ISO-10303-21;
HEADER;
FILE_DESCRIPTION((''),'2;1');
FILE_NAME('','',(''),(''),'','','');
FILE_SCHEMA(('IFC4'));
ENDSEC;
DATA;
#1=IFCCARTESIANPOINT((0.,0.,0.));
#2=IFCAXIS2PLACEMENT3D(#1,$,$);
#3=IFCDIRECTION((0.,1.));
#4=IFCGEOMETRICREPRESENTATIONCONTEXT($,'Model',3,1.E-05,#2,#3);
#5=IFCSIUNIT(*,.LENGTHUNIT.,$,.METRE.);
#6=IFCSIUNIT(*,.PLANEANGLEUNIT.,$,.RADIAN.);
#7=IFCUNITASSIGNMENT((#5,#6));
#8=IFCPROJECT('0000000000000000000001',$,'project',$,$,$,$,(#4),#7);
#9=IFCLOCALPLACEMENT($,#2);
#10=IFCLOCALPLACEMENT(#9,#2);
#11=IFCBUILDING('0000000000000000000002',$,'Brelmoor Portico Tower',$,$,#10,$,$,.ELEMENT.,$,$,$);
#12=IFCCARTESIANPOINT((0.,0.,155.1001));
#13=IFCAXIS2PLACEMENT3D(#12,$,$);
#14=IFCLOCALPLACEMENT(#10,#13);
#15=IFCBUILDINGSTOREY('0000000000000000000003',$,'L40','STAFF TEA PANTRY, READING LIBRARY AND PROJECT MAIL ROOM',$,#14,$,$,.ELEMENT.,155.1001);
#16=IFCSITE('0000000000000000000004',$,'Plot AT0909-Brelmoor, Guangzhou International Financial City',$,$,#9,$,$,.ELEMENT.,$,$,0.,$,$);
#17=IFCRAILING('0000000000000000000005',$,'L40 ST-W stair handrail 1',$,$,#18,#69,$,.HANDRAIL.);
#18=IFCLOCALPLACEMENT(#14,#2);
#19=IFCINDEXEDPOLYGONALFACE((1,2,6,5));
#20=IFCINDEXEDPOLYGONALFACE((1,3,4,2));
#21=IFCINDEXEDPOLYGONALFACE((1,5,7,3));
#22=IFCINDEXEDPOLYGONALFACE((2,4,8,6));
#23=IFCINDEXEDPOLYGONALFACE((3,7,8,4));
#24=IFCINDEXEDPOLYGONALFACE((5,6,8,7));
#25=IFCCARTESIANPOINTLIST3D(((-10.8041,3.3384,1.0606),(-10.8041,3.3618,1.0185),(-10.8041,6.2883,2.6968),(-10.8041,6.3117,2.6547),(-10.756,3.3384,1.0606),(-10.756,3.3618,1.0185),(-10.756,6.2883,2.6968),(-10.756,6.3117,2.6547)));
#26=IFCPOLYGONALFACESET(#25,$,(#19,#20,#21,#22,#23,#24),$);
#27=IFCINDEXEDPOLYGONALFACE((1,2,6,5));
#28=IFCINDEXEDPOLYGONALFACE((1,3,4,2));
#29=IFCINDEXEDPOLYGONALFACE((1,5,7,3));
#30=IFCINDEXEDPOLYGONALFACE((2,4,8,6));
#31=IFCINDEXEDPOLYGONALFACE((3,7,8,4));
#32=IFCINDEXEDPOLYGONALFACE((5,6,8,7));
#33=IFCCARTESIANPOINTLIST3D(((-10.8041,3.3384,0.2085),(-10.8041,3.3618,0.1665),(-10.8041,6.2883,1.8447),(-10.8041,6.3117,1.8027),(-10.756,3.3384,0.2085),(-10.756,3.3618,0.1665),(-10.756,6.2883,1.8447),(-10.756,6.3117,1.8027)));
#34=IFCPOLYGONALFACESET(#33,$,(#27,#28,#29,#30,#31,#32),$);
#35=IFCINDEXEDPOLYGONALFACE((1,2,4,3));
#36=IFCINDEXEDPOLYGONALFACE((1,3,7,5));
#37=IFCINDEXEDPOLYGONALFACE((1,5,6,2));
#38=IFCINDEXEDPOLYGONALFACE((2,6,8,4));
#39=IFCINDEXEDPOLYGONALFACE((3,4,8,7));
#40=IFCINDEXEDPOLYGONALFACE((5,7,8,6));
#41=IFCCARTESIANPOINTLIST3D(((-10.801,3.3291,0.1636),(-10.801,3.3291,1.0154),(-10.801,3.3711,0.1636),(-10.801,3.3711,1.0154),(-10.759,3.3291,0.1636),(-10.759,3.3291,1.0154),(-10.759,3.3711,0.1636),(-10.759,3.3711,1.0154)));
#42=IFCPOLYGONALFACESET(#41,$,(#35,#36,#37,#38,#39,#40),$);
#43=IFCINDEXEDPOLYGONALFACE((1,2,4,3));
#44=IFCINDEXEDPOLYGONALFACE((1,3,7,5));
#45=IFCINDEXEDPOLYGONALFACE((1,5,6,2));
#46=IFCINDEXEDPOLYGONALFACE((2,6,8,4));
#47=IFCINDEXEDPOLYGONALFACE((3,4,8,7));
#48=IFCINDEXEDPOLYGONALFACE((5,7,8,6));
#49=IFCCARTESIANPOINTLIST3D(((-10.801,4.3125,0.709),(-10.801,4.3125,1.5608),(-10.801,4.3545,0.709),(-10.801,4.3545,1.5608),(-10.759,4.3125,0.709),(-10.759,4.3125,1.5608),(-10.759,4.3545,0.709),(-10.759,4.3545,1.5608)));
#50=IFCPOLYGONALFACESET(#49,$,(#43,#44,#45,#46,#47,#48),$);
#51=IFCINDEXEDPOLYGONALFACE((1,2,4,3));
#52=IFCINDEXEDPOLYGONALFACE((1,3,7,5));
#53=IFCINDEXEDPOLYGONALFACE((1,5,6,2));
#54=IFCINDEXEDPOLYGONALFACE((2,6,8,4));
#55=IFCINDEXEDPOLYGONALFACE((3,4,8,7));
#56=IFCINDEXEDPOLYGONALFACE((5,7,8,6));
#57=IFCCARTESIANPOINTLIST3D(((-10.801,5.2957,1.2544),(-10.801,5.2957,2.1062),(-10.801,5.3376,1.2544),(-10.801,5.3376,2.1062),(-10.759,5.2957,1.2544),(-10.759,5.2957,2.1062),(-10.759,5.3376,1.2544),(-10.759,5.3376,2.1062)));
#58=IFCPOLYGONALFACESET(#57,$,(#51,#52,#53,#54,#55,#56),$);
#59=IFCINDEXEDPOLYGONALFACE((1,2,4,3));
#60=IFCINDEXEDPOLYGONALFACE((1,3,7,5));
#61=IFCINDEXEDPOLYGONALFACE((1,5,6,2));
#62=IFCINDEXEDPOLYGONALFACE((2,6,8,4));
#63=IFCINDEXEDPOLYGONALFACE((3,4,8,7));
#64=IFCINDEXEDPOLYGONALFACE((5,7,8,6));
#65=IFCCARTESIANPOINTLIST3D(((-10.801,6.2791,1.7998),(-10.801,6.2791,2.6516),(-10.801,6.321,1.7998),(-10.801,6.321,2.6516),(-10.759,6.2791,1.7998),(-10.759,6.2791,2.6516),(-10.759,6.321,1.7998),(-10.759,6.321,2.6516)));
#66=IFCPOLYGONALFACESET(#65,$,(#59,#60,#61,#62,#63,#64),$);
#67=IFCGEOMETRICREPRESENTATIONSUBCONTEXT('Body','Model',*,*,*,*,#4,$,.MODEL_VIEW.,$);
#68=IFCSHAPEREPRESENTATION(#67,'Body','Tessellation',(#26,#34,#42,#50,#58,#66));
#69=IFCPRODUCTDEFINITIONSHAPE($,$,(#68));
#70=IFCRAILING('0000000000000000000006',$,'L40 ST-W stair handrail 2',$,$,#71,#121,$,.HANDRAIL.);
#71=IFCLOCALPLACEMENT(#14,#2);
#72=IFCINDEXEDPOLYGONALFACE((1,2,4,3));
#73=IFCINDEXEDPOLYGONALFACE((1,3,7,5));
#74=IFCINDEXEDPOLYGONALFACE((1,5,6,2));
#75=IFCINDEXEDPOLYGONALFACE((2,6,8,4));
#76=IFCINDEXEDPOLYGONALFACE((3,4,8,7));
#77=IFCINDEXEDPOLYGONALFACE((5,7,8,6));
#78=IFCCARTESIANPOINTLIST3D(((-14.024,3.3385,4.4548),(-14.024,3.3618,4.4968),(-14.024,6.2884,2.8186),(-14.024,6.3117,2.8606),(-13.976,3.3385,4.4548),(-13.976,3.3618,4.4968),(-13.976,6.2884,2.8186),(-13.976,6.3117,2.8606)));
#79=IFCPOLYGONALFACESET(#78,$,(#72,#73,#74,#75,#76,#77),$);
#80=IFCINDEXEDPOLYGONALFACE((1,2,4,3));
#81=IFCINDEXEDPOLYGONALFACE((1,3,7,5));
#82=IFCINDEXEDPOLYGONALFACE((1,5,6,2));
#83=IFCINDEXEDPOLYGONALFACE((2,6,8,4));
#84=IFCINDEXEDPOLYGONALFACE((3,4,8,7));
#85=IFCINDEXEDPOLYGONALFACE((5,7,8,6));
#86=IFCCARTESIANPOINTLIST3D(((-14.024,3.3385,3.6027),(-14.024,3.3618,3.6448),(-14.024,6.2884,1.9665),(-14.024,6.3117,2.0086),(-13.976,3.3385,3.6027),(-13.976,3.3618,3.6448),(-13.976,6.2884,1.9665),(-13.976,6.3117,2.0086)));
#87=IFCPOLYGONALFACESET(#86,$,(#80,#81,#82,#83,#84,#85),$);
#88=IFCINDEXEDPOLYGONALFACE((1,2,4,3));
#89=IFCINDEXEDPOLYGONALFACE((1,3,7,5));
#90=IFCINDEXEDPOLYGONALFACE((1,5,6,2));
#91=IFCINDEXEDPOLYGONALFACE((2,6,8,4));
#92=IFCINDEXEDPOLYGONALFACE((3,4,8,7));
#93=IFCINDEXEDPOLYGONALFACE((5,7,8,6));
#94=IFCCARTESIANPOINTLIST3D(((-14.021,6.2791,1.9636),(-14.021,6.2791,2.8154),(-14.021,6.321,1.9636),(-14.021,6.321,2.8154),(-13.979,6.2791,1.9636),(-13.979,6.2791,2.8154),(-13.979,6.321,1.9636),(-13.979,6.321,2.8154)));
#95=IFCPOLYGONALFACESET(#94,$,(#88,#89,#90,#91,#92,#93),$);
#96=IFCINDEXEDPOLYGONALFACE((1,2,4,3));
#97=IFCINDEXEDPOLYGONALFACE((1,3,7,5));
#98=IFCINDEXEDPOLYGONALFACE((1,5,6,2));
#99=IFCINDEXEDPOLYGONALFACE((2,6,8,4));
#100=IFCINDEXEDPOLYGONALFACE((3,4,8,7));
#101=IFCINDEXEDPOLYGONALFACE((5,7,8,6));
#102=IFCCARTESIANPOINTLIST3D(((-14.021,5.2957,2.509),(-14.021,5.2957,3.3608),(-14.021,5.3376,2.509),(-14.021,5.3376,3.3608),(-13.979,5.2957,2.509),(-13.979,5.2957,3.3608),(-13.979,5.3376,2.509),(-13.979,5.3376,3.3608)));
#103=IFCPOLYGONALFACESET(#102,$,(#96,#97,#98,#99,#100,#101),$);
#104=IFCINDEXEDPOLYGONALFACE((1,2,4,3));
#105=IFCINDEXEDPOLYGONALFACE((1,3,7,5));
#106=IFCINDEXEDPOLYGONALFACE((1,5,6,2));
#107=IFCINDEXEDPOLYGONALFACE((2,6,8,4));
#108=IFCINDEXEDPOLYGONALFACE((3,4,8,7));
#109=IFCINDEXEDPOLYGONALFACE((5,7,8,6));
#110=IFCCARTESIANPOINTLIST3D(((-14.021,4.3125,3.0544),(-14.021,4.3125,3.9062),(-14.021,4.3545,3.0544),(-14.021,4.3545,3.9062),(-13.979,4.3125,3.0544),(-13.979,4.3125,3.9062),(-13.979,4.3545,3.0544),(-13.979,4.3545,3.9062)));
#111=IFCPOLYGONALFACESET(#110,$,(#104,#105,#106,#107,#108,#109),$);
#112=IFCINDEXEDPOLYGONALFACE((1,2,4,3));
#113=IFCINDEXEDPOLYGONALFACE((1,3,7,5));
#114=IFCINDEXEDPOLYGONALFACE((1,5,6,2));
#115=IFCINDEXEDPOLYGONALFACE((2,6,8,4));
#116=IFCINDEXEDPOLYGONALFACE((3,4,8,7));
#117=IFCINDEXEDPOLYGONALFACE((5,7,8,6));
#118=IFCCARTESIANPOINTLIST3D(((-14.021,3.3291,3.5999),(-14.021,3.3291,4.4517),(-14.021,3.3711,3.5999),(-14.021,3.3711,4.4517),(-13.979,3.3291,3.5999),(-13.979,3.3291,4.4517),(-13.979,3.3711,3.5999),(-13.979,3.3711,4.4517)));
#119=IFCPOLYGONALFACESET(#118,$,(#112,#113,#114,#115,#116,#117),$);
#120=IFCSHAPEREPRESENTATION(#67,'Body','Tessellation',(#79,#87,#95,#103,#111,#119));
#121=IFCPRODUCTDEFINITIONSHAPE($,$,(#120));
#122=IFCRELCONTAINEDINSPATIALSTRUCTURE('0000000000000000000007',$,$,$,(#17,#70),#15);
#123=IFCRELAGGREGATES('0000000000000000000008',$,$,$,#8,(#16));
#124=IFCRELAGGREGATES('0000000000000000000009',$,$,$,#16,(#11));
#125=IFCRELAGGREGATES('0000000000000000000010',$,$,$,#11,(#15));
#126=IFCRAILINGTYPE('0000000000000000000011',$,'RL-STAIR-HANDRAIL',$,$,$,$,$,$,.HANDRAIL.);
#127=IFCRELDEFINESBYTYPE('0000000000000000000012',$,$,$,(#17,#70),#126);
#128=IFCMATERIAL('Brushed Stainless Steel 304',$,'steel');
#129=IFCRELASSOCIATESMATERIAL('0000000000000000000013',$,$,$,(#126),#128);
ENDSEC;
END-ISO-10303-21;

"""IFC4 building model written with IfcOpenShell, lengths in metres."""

from ifc_helpers import new_model, si_unit, direction, frame, origin, origin_2d, place, context, subcontext, project, spatial, rectangle, extrude, material, type_object, element, save


model = new_model("IFC4")

# Units and contexts
model_context = context("Model", 3, precision=1e-05, world=origin(), true_north=direction((0.0, 1.0)))
body_context = subcontext(model_context, "Body", "Model", "MODEL_VIEW")
ifc_project = project(units=[si_unit("LENGTHUNIT", "METRE"), si_unit("PLANEANGLEUNIT", "RADIAN")], contexts=[model_context])

# Site, building, storey
site_placement = place(None, origin())
site = spatial("IfcSite", under=ifc_project, at=site_placement, Name="Plot AT0909-Brelmoor, Guangzhou International Financial City", CompositionType="ELEMENT", RefElevation=0.0)
building_placement = place(site_placement, origin())
building = spatial("IfcBuilding", under=site, at=building_placement, Name="Brelmoor Portico Tower", CompositionType="ELEMENT")
storey_placement = place(building_placement, frame((0.0, 0.0, 155.1001)))
storey = spatial("IfcBuildingStorey", under=building, at=storey_placement, Name="L40", Description="STAFF TEA PANTRY, READING LIBRARY AND PROJECT MAIL ROOM", CompositionType="ELEMENT", Elevation=155.1001)

# Railings
ifc_material_1 = material(Name="Brushed Stainless Steel 304", Category="steel")
railing_type_1 = type_object("IfcRailingType", Name="RL-STAIR-HANDRAIL", PredefinedType="HANDRAIL", material=ifc_material_1)
railing_1_placement = place(storey_placement, frame((-10.78, 3.3501, 0.1636)))
element("IfcRailing", 1, at=railing_1_placement, inside=storey, type_object=railing_type_1, Name="L40 ST-W stair handrail 1", PredefinedType="HANDRAIL", context=body_context, shape_type="SweptSolid", body=[
    extrude(rectangle(XDim=0.0481, YDim=0.0481, at=origin_2d()), frame((0.0, 0.0, 0.876), z_axis=(0.0, 0.874488, 0.485047), x_axis=(-1.0, 0.0, 0.0)), (0.0, 0.0, 1.0), 3.3733),
    extrude(rectangle(XDim=0.0481, YDim=0.0481, at=origin_2d()), frame((0.0, 0.0, 0.0239), z_axis=(0.0, 0.874488, 0.485047), x_axis=(-1.0, 0.0, 0.0)), (0.0, 0.0, 1.0), 3.3733),
    extrude(rectangle(XDim=0.042, YDim=0.042, at=origin_2d()), origin(), (0.0, 0.0, 1.0), 0.8518),
    extrude(rectangle(XDim=0.042, YDim=0.042, at=origin_2d()), frame((0.0, 0.9834, 0.5454)), (0.0, 0.0, 1.0), 0.8518),
    extrude(rectangle(XDim=0.042, YDim=0.042, at=origin_2d()), frame((0.0, 1.9666, 1.0908)), (0.0, 0.0, 1.0), 0.8518),
    extrude(rectangle(XDim=0.042, YDim=0.042, at=origin_2d()), frame((0.0, 2.95, 1.6362)), (0.0, 0.0, 1.0), 0.8518),
])
railing_2_placement = place(storey_placement, frame((-14.0, 6.3, 1.9636)))
element("IfcRailing", 2, at=railing_2_placement, inside=storey, type_object=railing_type_1, Name="L40 ST-W stair handrail 2", PredefinedType="HANDRAIL", context=body_context, shape_type="SweptSolid", body=[
    extrude(rectangle(XDim=0.0481, YDim=0.0481, at=origin_2d()), frame((0.0, 0.0, 0.876), z_axis=(0.0, -0.874488, 0.485047), x_axis=(1.0, 0.0, 0.0)), (0.0, 0.0, 1.0), 3.3733),
    extrude(rectangle(XDim=0.0481, YDim=0.0481, at=origin_2d()), frame((0.0, 0.0, 0.0239), z_axis=(0.0, -0.874488, 0.485047), x_axis=(1.0, 0.0, 0.0)), (0.0, 0.0, 1.0), 3.3733),
    extrude(rectangle(XDim=0.042, YDim=0.042, at=origin_2d()), origin(), (0.0, 0.0, 1.0), 0.8518),
    extrude(rectangle(XDim=0.042, YDim=0.042, at=origin_2d()), frame((0.0, -0.9834, 0.5454)), (0.0, 0.0, 1.0), 0.8518),
    extrude(rectangle(XDim=0.042, YDim=0.042, at=origin_2d()), frame((0.0, -1.9666, 1.0908)), (0.0, 0.0, 1.0), 0.8518),
    extrude(rectangle(XDim=0.042, YDim=0.042, at=origin_2d()), frame((0.0, -2.95, 1.6362)), (0.0, 0.0, 1.0), 0.8518),
])

save(model, "model.ifc")
